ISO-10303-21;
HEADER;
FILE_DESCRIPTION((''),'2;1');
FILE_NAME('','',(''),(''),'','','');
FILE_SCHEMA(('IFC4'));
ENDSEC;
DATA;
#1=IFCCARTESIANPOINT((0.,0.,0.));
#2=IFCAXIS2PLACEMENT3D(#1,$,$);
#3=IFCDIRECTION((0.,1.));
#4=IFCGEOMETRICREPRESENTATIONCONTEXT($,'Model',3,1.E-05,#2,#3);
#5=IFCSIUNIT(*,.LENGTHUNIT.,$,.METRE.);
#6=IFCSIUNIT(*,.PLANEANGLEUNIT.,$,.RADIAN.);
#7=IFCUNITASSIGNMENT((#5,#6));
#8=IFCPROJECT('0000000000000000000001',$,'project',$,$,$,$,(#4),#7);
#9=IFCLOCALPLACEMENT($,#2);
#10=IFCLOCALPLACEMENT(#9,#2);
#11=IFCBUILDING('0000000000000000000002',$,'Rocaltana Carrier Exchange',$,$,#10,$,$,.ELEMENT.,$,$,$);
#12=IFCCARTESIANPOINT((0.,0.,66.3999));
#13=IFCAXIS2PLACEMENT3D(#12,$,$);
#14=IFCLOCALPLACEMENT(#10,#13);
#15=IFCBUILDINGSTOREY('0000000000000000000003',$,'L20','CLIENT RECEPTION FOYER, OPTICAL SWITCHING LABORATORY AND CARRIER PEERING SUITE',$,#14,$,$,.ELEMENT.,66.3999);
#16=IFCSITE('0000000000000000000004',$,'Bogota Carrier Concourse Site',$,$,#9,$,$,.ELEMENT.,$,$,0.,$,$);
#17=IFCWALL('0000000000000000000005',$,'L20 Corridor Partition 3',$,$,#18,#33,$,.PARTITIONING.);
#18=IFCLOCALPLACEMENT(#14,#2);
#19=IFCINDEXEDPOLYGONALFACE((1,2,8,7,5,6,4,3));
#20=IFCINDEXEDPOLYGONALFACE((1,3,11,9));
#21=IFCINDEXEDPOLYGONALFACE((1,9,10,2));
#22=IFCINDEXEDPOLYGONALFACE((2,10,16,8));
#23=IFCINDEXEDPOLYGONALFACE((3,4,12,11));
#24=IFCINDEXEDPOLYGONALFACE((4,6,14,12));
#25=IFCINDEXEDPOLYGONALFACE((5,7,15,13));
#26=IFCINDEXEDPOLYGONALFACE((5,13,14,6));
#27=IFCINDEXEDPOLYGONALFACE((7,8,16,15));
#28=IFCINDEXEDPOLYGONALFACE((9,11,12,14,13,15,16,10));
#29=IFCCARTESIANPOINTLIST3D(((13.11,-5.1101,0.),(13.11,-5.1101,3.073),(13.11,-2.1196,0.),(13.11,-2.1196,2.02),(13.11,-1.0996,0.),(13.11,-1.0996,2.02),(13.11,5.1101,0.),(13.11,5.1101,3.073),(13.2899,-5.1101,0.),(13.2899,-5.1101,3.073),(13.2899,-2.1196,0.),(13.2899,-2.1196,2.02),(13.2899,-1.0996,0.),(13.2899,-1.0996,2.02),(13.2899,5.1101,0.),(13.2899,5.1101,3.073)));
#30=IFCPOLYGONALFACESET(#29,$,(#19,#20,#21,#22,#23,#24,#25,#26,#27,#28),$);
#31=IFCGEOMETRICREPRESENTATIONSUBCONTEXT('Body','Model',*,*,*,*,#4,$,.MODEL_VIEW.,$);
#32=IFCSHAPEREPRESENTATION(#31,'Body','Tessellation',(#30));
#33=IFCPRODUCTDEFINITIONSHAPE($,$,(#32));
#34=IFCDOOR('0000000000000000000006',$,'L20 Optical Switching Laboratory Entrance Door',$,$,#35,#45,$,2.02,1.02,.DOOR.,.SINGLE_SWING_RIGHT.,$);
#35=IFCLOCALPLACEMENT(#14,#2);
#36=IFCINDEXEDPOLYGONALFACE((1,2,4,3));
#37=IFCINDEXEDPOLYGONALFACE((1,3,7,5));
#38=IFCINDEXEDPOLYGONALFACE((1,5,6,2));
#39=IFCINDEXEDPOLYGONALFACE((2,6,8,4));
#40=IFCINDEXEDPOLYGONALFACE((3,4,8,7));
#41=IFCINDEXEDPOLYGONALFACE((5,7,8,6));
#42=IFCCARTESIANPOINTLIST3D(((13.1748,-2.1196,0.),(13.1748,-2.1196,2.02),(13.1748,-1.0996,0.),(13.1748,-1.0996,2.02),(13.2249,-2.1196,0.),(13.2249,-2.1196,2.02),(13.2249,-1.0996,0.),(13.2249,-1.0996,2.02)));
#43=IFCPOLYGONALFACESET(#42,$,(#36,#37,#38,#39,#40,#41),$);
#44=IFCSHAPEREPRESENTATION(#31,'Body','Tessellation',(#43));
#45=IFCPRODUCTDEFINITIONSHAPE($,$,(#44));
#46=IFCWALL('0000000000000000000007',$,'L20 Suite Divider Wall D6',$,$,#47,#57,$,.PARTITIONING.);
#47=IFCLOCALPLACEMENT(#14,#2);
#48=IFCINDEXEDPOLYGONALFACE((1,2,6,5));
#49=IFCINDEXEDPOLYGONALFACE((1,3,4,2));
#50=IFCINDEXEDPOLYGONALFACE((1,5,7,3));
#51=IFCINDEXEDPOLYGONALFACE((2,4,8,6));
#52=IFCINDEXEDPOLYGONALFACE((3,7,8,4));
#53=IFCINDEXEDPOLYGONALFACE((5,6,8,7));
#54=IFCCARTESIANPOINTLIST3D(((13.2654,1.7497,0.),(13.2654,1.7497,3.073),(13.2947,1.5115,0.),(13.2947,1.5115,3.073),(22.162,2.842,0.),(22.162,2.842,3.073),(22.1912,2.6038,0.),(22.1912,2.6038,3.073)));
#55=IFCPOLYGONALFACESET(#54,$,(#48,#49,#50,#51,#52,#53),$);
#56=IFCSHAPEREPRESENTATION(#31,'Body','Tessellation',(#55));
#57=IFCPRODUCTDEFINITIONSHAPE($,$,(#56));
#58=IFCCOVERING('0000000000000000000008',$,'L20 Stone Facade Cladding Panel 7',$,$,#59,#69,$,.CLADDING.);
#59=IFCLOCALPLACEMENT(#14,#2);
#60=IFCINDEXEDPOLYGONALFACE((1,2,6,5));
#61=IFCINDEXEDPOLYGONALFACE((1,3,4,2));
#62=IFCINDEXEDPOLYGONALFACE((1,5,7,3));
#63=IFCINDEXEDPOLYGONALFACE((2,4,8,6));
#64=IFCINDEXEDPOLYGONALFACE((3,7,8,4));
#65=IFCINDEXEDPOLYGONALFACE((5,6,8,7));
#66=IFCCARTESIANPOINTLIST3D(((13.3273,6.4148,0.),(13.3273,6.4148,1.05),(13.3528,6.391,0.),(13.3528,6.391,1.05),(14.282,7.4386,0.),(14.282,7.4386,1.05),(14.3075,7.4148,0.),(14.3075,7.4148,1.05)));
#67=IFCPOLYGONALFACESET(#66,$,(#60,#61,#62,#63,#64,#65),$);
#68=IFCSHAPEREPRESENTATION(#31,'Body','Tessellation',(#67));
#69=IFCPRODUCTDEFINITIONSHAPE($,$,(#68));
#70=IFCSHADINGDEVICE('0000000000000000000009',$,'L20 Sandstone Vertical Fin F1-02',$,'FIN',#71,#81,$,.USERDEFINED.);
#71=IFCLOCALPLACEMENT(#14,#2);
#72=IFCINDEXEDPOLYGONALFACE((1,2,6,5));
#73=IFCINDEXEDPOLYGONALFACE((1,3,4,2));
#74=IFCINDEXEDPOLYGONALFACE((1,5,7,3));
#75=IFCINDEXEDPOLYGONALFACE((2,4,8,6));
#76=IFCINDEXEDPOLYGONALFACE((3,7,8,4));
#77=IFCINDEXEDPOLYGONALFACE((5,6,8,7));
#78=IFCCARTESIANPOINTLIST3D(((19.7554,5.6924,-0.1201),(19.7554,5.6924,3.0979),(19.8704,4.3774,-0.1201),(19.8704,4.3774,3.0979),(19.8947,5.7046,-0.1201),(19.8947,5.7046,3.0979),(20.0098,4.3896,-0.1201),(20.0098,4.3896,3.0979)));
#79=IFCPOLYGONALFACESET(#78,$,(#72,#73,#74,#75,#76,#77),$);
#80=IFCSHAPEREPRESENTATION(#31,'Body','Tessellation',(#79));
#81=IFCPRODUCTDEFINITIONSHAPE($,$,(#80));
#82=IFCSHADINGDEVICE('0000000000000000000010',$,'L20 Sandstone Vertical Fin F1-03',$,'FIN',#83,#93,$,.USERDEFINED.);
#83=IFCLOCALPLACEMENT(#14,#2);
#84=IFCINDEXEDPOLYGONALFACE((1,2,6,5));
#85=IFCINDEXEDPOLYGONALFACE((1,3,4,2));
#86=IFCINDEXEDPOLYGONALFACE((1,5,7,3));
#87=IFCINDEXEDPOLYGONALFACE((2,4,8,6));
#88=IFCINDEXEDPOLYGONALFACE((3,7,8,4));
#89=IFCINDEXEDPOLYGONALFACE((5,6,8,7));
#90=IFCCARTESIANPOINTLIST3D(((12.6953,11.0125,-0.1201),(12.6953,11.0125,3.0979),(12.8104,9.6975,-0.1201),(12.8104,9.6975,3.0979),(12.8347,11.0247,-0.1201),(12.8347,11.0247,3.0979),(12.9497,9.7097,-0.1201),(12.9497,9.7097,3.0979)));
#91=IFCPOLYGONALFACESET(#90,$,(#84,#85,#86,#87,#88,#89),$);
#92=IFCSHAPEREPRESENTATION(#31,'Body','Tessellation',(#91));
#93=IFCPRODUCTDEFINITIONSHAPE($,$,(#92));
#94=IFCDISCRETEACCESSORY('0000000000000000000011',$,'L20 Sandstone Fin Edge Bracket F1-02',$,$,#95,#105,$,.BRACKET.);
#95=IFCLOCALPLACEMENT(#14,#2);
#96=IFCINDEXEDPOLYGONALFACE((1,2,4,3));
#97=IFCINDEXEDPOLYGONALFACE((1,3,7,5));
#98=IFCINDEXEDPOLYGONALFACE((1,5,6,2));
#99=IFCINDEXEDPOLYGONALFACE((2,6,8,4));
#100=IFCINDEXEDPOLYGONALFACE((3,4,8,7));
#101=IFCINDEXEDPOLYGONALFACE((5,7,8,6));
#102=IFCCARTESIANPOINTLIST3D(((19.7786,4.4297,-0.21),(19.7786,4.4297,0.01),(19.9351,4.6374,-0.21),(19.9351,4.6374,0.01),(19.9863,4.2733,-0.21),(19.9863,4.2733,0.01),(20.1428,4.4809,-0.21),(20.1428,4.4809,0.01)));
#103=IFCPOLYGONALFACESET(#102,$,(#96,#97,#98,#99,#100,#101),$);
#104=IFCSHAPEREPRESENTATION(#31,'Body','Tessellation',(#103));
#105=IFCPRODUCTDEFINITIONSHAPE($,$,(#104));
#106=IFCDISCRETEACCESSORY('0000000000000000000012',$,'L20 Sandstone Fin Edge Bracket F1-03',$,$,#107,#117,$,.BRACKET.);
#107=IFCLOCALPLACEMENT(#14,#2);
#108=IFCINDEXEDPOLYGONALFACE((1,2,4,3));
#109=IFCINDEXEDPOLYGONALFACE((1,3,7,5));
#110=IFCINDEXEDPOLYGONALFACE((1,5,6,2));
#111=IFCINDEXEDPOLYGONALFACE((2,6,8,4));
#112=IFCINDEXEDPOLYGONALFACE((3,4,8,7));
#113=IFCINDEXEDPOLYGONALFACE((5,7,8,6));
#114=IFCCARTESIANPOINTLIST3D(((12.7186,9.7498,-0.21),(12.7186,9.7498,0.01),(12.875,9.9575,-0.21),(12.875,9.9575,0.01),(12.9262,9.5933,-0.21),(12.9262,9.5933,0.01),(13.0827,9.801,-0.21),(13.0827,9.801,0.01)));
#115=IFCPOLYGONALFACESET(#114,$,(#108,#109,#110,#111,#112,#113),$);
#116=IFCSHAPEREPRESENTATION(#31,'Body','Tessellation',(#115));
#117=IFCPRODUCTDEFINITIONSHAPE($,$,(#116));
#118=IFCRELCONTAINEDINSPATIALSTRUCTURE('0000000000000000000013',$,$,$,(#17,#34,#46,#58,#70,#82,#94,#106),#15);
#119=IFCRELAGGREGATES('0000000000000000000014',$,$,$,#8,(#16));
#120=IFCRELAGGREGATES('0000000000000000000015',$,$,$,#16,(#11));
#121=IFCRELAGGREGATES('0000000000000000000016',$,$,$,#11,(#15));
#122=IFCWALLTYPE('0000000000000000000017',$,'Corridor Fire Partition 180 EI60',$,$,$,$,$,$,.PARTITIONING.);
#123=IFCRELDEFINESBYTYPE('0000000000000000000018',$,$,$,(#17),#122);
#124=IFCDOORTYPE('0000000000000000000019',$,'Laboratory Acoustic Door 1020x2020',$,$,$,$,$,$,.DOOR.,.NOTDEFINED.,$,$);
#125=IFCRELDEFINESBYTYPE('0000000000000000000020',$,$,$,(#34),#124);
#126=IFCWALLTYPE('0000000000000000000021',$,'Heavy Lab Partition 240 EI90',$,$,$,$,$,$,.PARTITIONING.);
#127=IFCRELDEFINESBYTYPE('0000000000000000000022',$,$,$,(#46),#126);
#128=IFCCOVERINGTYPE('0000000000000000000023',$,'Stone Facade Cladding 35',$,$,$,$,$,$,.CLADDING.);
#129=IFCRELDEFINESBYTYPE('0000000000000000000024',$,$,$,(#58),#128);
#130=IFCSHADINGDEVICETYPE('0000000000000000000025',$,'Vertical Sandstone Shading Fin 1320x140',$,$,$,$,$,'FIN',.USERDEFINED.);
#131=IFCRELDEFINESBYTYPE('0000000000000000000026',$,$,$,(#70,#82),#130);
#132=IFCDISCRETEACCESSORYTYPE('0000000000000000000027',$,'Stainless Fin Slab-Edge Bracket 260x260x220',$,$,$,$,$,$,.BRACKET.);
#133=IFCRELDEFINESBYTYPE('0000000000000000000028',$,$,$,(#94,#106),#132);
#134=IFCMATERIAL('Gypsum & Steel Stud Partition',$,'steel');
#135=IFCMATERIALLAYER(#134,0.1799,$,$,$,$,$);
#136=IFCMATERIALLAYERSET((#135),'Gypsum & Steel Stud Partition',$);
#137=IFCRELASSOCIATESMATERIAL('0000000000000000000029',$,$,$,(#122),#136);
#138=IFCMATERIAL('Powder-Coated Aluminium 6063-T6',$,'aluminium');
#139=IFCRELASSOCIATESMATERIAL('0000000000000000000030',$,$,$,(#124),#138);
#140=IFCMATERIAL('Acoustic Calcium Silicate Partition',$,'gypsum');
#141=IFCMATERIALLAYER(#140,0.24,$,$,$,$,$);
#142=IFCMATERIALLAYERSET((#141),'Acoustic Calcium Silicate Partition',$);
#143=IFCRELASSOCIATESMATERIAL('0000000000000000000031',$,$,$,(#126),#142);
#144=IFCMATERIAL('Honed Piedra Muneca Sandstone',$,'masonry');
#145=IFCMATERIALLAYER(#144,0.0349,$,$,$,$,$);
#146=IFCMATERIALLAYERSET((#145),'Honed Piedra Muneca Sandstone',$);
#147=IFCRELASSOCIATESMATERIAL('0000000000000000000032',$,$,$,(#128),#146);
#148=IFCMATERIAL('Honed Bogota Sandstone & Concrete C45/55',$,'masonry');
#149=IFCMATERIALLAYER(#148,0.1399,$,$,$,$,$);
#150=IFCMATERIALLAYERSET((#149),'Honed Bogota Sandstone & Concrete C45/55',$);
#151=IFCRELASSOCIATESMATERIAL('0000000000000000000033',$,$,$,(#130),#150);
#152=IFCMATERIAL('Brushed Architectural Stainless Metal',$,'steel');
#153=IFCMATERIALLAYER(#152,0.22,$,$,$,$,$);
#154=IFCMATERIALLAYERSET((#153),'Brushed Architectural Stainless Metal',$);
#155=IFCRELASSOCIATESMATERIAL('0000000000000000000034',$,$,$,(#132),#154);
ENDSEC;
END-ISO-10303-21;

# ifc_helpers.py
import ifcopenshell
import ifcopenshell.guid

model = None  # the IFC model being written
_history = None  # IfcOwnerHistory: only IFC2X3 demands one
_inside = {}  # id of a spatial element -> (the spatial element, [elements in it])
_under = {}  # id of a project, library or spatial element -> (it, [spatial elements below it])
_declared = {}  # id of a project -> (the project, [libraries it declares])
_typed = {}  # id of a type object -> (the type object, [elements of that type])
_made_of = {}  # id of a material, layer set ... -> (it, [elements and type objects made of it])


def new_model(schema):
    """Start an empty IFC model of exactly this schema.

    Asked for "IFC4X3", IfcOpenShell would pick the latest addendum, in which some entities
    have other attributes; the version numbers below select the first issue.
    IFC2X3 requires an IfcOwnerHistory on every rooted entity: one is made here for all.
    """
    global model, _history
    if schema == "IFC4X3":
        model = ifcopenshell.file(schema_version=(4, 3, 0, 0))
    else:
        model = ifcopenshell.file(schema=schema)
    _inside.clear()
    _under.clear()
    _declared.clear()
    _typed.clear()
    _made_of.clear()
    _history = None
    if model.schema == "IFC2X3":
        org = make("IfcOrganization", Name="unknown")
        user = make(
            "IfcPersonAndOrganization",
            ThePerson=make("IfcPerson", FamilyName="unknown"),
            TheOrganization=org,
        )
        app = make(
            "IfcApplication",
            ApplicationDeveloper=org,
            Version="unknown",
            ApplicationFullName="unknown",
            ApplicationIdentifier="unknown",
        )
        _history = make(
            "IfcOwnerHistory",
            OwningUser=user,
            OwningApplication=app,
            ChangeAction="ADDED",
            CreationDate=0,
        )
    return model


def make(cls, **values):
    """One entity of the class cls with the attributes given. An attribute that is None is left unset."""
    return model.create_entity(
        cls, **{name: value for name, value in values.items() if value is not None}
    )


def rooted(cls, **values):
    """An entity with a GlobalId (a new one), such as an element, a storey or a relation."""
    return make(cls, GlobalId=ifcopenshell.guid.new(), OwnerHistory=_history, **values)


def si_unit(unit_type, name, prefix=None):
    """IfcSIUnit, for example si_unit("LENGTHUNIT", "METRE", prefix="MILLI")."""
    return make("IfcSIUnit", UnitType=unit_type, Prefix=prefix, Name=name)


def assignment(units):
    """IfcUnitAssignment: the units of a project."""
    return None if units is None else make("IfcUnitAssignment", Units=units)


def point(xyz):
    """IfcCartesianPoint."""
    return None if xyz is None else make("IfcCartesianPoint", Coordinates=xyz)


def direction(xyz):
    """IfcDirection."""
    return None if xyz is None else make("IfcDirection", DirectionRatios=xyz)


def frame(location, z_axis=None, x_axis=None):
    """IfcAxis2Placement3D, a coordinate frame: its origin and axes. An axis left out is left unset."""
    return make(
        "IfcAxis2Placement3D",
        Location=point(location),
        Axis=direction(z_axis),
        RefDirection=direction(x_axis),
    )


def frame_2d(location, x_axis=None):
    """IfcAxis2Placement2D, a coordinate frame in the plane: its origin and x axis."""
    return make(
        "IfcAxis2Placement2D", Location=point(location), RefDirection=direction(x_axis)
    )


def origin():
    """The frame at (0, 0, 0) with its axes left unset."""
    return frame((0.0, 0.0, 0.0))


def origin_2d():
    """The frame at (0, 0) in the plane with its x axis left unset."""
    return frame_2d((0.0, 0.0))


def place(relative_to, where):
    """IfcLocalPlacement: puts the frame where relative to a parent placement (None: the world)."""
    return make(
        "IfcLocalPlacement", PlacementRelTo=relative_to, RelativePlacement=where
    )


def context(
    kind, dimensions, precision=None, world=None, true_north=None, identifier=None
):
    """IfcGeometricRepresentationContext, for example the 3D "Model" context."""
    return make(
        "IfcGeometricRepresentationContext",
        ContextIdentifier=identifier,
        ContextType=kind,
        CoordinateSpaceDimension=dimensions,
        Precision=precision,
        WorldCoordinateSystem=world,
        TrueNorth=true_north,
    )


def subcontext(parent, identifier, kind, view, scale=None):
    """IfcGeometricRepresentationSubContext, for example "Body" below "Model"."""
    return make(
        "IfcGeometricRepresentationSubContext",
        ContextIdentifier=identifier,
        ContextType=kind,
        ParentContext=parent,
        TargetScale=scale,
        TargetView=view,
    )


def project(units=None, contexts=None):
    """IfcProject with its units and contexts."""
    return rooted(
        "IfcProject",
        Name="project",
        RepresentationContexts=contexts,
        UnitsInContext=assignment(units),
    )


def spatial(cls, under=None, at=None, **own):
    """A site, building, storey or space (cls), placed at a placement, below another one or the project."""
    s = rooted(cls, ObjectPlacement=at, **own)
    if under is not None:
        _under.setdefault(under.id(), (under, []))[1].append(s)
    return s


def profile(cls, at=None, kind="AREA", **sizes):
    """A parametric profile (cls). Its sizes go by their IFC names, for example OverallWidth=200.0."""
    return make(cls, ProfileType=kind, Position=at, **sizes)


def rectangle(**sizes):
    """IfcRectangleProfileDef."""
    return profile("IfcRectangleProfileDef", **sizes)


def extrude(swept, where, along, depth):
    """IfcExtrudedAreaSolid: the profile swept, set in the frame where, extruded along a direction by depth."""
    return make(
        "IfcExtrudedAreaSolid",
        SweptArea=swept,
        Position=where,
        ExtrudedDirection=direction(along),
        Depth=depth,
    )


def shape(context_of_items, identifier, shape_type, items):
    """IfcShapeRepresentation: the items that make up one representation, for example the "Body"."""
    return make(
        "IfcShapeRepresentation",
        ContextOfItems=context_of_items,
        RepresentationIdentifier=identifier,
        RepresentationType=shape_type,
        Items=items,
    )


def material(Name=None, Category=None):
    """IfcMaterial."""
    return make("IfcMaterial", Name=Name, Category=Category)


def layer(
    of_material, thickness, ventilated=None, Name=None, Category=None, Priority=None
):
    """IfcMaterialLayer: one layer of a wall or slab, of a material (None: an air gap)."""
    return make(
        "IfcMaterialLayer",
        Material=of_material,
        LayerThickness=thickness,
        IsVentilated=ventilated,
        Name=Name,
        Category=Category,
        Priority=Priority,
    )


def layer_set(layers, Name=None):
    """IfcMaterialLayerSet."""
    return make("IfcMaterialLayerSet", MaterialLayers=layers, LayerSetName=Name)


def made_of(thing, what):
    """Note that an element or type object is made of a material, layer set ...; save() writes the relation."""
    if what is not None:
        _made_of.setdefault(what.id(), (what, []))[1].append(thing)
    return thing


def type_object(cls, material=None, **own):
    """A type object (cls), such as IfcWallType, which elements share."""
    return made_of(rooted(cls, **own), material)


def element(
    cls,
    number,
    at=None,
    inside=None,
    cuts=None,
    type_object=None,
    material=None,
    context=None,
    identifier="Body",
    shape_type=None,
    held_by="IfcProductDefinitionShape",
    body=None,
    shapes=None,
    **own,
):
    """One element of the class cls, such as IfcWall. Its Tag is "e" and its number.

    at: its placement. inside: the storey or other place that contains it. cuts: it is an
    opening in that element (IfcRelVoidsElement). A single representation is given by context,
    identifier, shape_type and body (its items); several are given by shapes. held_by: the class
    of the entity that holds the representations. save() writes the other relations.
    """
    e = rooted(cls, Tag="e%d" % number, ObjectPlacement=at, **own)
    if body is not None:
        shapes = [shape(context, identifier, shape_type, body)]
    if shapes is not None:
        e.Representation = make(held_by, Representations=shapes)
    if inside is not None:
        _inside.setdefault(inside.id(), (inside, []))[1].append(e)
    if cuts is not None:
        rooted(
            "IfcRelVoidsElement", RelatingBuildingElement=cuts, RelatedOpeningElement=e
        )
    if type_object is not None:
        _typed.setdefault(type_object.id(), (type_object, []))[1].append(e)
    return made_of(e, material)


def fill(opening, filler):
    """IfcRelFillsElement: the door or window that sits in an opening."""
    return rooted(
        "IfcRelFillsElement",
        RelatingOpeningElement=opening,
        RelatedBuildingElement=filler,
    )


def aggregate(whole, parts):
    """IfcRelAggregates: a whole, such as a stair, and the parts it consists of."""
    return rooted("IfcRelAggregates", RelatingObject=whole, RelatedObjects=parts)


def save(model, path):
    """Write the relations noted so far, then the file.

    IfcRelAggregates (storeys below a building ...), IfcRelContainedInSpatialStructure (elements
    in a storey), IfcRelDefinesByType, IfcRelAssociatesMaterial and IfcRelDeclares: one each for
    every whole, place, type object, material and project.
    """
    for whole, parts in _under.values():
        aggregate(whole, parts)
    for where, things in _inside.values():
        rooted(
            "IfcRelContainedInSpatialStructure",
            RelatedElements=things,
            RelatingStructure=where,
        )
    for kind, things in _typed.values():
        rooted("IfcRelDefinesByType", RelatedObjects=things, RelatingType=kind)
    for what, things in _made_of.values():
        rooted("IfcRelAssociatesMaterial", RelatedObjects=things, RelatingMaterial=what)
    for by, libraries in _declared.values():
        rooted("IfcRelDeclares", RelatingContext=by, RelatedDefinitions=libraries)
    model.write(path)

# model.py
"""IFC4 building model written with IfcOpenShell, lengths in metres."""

from ifc_helpers import new_model, si_unit, direction, frame, frame_2d, origin, origin_2d, place, context, subcontext, project, spatial, rectangle, extrude, material, layer, layer_set, type_object, element, fill, save


model = new_model("IFC4")

# Units and contexts
model_context = context("Model", 3, precision=1e-05, world=origin(), true_north=direction((0.0, 1.0)))
body_context = subcontext(model_context, "Body", "Model", "MODEL_VIEW")
ifc_project = project(units=[si_unit("LENGTHUNIT", "METRE"), si_unit("PLANEANGLEUNIT", "RADIAN")], contexts=[model_context])

# Site, building, storey
site_placement = place(None, origin())
site = spatial("IfcSite", under=ifc_project, at=site_placement, Name="Bogota Carrier Concourse Site", CompositionType="ELEMENT", RefElevation=0.0)
building_placement = place(site_placement, origin())
building = spatial("IfcBuilding", under=site, at=building_placement, Name="Rocaltana Carrier Exchange", CompositionType="ELEMENT")
storey_placement = place(building_placement, frame((0.0, 0.0, 66.3999)))
storey = spatial("IfcBuildingStorey", under=building, at=storey_placement, Name="L20", Description="CLIENT RECEPTION FOYER, OPTICAL SWITCHING LABORATORY AND CARRIER PEERING SUITE", CompositionType="ELEMENT", Elevation=66.3999)

# Wall, opening, door
ifc_material_1 = material(Name="Gypsum & Steel Stud Partition", Category="steel")
ifc_layer_1 = layer(ifc_material_1, 0.1799)
ifc_layer_set_1 = layer_set([ifc_layer_1], Name="Gypsum & Steel Stud Partition")
wall_type_1 = type_object("IfcWallType", Name="Corridor Fire Partition 180 EI60", PredefinedType="PARTITIONING", material=ifc_layer_set_1)
wall_1_placement = place(storey_placement, frame((13.2, 5.1101, 0.0), z_axis=(0.0, 0.0, 1.0), x_axis=(0.0, -1.0, 0.0)))
wall_1 = element("IfcWall", 1, at=wall_1_placement, inside=storey, type_object=wall_type_1, Name="L20 Corridor Partition 3", PredefinedType="PARTITIONING", context=body_context, shape_type="SweptSolid", body=[
    extrude(rectangle(XDim=10.2202, YDim=0.1799, at=frame_2d((5.1101, 0.0))), origin(), (0.0, 0.0, 1.0), 3.073),
])
opening_placement = place(wall_1_placement, frame((6.2097, 0.0, 0.0)))
opening = element("IfcOpeningElement", 2, at=opening_placement, cuts=wall_1, PredefinedType="OPENING", context=body_context, shape_type="SweptSolid", body=[
    extrude(rectangle(XDim=1.02, YDim=2.02, at=frame_2d((0.51, 1.01))), frame((0.0, 0.0999, 0.0), z_axis=(0.0, -1.0, 0.0), x_axis=(1.0, 0.0, 0.0)), (0.0, 0.0, 1.0), 0.2),
])
ifc_material_2 = material(Name="Powder-Coated Aluminium 6063-T6", Category="aluminium")
door_type = type_object("IfcDoorType", Name="Laboratory Acoustic Door 1020x2020", OperationType="NOTDEFINED", PredefinedType="DOOR", material=ifc_material_2)
door_placement = place(opening_placement, origin())
door = element("IfcDoor", 3, at=door_placement, inside=storey, type_object=door_type, Name="L20 Optical Switching Laboratory Entrance Door", OperationType="SINGLE_SWING_RIGHT", OverallHeight=2.02, OverallWidth=1.02, PredefinedType="DOOR", context=body_context, shape_type="SweptSolid", body=[
    extrude(rectangle(XDim=1.02, YDim=2.02, at=frame_2d((0.51, 1.01))), frame((0.0, 0.0249, 0.0), z_axis=(0.0, -1.0, 0.0), x_axis=(1.0, 0.0, 0.0)), (0.0, 0.0, 1.0), 0.05),
])
fill(opening, door)

# Wall
ifc_material_3 = material(Name="Acoustic Calcium Silicate Partition", Category="gypsum")
ifc_layer_2 = layer(ifc_material_3, 0.24)
ifc_layer_set_2 = layer_set([ifc_layer_2], Name="Acoustic Calcium Silicate Partition")
wall_type_2 = type_object("IfcWallType", Name="Heavy Lab Partition 240 EI90", PredefinedType="PARTITIONING", material=ifc_layer_set_2)
wall_2_placement = place(storey_placement, frame((13.28, 1.6306, 0.0), z_axis=(0.0, 0.0, 1.0), x_axis=(0.992547, 0.121862, 0.0)))
element("IfcWall", 4, at=wall_2_placement, inside=storey, type_object=wall_type_2, Name="L20 Suite Divider Wall D6", PredefinedType="PARTITIONING", context=body_context, shape_type="SweptSolid", body=[
    extrude(rectangle(XDim=8.9634, YDim=0.24, at=frame_2d((4.4817, 0.0))), origin(), (0.0, 0.0, 1.0), 3.073),
])

# Covering
ifc_material_4 = material(Name="Honed Piedra Muneca Sandstone", Category="masonry")
ifc_layer_3 = layer(ifc_material_4, 0.0349)
ifc_layer_set_3 = layer_set([ifc_layer_3], Name="Honed Piedra Muneca Sandstone")
covering_type = type_object("IfcCoveringType", Name="Stone Facade Cladding 35", PredefinedType="CLADDING", material=ifc_layer_set_3)
covering_placement = place(storey_placement, frame((13.8174, 6.9148, 0.0), z_axis=(0.0, 0.0, 1.0), x_axis=(0.681998, 0.731354, 0.0)))
element("IfcCovering", 5, at=covering_placement, inside=storey, type_object=covering_type, Name="L20 Stone Facade Cladding Panel 7", PredefinedType="CLADDING", context=body_context, shape_type="SweptSolid", body=[
    extrude(rectangle(XDim=1.3999, YDim=0.0349, at=origin_2d()), origin(), (0.0, 0.0, 1.0), 1.05),
])

# Shading devices
ifc_material_5 = material(Name="Honed Bogota Sandstone & Concrete C45/55", Category="masonry")
ifc_layer_4 = layer(ifc_material_5, 0.1399)
ifc_layer_set_4 = layer_set([ifc_layer_4], Name="Honed Bogota Sandstone & Concrete C45/55")
shading_device_type = type_object("IfcShadingDeviceType", Name="Vertical Sandstone Shading Fin 1320x140", ElementType="FIN", PredefinedType="USERDEFINED", material=ifc_layer_set_4)
for number, where, z_axis, x_axis, name in (
    (6, (19.8826, 5.041, -0.1201), (0.0, 0.0, 1.0), (-0.087156, 0.996195, 0.0), "L20 Sandstone Vertical Fin F1-02"),
    (7, (12.8225, 10.3611, -0.1201), (0.0, 0.0, 1.0), (-0.087156, 0.996195, 0.0), "L20 Sandstone Vertical Fin F1-03"),
):
    element("IfcShadingDevice", number, at=place(storey_placement, frame(where, z_axis=z_axis, x_axis=x_axis)), inside=storey, type_object=shading_device_type, Name=name, ObjectType="FIN", PredefinedType="USERDEFINED", context=body_context, shape_type="SweptSolid", body=[
        extrude(rectangle(XDim=1.3201, YDim=0.1399, at=origin_2d()), origin(), (0.0, 0.0, 1.0), 3.218),
    ])

# Discrete accessories
ifc_material_6 = material(Name="Brushed Architectural Stainless Metal", Category="steel")
ifc_layer_5 = layer(ifc_material_6, 0.22)
ifc_layer_set_5 = layer_set([ifc_layer_5], Name="Brushed Architectural Stainless Metal")
discrete_accessory_type = type_object("IfcDiscreteAccessoryType", Name="Stainless Fin Slab-Edge Bracket 260x260x220", PredefinedType="BRACKET", material=ifc_layer_set_5)
for number, where, z_axis, x_axis, name in (
    (8, (19.9607, 4.4553, -0.21), (0.0, 0.0, 1.0), (-0.798636, 0.601815, 0.0), "L20 Sandstone Fin Edge Bracket F1-02"),
    (9, (12.9006, 9.7754, -0.21), (0.0, 0.0, 1.0), (-0.798636, 0.601815, 0.0), "L20 Sandstone Fin Edge Bracket F1-03"),
):
    element("IfcDiscreteAccessory", number, at=place(storey_placement, frame(where, z_axis=z_axis, x_axis=x_axis)), inside=storey, type_object=discrete_accessory_type, Name=name, PredefinedType="BRACKET", context=body_context, shape_type="SweptSolid", body=[
        extrude(rectangle(XDim=0.26, YDim=0.26, at=origin_2d()), origin(), (0.0, 0.0, 1.0), 0.22),
    ])

save(model, "model.ifc")
